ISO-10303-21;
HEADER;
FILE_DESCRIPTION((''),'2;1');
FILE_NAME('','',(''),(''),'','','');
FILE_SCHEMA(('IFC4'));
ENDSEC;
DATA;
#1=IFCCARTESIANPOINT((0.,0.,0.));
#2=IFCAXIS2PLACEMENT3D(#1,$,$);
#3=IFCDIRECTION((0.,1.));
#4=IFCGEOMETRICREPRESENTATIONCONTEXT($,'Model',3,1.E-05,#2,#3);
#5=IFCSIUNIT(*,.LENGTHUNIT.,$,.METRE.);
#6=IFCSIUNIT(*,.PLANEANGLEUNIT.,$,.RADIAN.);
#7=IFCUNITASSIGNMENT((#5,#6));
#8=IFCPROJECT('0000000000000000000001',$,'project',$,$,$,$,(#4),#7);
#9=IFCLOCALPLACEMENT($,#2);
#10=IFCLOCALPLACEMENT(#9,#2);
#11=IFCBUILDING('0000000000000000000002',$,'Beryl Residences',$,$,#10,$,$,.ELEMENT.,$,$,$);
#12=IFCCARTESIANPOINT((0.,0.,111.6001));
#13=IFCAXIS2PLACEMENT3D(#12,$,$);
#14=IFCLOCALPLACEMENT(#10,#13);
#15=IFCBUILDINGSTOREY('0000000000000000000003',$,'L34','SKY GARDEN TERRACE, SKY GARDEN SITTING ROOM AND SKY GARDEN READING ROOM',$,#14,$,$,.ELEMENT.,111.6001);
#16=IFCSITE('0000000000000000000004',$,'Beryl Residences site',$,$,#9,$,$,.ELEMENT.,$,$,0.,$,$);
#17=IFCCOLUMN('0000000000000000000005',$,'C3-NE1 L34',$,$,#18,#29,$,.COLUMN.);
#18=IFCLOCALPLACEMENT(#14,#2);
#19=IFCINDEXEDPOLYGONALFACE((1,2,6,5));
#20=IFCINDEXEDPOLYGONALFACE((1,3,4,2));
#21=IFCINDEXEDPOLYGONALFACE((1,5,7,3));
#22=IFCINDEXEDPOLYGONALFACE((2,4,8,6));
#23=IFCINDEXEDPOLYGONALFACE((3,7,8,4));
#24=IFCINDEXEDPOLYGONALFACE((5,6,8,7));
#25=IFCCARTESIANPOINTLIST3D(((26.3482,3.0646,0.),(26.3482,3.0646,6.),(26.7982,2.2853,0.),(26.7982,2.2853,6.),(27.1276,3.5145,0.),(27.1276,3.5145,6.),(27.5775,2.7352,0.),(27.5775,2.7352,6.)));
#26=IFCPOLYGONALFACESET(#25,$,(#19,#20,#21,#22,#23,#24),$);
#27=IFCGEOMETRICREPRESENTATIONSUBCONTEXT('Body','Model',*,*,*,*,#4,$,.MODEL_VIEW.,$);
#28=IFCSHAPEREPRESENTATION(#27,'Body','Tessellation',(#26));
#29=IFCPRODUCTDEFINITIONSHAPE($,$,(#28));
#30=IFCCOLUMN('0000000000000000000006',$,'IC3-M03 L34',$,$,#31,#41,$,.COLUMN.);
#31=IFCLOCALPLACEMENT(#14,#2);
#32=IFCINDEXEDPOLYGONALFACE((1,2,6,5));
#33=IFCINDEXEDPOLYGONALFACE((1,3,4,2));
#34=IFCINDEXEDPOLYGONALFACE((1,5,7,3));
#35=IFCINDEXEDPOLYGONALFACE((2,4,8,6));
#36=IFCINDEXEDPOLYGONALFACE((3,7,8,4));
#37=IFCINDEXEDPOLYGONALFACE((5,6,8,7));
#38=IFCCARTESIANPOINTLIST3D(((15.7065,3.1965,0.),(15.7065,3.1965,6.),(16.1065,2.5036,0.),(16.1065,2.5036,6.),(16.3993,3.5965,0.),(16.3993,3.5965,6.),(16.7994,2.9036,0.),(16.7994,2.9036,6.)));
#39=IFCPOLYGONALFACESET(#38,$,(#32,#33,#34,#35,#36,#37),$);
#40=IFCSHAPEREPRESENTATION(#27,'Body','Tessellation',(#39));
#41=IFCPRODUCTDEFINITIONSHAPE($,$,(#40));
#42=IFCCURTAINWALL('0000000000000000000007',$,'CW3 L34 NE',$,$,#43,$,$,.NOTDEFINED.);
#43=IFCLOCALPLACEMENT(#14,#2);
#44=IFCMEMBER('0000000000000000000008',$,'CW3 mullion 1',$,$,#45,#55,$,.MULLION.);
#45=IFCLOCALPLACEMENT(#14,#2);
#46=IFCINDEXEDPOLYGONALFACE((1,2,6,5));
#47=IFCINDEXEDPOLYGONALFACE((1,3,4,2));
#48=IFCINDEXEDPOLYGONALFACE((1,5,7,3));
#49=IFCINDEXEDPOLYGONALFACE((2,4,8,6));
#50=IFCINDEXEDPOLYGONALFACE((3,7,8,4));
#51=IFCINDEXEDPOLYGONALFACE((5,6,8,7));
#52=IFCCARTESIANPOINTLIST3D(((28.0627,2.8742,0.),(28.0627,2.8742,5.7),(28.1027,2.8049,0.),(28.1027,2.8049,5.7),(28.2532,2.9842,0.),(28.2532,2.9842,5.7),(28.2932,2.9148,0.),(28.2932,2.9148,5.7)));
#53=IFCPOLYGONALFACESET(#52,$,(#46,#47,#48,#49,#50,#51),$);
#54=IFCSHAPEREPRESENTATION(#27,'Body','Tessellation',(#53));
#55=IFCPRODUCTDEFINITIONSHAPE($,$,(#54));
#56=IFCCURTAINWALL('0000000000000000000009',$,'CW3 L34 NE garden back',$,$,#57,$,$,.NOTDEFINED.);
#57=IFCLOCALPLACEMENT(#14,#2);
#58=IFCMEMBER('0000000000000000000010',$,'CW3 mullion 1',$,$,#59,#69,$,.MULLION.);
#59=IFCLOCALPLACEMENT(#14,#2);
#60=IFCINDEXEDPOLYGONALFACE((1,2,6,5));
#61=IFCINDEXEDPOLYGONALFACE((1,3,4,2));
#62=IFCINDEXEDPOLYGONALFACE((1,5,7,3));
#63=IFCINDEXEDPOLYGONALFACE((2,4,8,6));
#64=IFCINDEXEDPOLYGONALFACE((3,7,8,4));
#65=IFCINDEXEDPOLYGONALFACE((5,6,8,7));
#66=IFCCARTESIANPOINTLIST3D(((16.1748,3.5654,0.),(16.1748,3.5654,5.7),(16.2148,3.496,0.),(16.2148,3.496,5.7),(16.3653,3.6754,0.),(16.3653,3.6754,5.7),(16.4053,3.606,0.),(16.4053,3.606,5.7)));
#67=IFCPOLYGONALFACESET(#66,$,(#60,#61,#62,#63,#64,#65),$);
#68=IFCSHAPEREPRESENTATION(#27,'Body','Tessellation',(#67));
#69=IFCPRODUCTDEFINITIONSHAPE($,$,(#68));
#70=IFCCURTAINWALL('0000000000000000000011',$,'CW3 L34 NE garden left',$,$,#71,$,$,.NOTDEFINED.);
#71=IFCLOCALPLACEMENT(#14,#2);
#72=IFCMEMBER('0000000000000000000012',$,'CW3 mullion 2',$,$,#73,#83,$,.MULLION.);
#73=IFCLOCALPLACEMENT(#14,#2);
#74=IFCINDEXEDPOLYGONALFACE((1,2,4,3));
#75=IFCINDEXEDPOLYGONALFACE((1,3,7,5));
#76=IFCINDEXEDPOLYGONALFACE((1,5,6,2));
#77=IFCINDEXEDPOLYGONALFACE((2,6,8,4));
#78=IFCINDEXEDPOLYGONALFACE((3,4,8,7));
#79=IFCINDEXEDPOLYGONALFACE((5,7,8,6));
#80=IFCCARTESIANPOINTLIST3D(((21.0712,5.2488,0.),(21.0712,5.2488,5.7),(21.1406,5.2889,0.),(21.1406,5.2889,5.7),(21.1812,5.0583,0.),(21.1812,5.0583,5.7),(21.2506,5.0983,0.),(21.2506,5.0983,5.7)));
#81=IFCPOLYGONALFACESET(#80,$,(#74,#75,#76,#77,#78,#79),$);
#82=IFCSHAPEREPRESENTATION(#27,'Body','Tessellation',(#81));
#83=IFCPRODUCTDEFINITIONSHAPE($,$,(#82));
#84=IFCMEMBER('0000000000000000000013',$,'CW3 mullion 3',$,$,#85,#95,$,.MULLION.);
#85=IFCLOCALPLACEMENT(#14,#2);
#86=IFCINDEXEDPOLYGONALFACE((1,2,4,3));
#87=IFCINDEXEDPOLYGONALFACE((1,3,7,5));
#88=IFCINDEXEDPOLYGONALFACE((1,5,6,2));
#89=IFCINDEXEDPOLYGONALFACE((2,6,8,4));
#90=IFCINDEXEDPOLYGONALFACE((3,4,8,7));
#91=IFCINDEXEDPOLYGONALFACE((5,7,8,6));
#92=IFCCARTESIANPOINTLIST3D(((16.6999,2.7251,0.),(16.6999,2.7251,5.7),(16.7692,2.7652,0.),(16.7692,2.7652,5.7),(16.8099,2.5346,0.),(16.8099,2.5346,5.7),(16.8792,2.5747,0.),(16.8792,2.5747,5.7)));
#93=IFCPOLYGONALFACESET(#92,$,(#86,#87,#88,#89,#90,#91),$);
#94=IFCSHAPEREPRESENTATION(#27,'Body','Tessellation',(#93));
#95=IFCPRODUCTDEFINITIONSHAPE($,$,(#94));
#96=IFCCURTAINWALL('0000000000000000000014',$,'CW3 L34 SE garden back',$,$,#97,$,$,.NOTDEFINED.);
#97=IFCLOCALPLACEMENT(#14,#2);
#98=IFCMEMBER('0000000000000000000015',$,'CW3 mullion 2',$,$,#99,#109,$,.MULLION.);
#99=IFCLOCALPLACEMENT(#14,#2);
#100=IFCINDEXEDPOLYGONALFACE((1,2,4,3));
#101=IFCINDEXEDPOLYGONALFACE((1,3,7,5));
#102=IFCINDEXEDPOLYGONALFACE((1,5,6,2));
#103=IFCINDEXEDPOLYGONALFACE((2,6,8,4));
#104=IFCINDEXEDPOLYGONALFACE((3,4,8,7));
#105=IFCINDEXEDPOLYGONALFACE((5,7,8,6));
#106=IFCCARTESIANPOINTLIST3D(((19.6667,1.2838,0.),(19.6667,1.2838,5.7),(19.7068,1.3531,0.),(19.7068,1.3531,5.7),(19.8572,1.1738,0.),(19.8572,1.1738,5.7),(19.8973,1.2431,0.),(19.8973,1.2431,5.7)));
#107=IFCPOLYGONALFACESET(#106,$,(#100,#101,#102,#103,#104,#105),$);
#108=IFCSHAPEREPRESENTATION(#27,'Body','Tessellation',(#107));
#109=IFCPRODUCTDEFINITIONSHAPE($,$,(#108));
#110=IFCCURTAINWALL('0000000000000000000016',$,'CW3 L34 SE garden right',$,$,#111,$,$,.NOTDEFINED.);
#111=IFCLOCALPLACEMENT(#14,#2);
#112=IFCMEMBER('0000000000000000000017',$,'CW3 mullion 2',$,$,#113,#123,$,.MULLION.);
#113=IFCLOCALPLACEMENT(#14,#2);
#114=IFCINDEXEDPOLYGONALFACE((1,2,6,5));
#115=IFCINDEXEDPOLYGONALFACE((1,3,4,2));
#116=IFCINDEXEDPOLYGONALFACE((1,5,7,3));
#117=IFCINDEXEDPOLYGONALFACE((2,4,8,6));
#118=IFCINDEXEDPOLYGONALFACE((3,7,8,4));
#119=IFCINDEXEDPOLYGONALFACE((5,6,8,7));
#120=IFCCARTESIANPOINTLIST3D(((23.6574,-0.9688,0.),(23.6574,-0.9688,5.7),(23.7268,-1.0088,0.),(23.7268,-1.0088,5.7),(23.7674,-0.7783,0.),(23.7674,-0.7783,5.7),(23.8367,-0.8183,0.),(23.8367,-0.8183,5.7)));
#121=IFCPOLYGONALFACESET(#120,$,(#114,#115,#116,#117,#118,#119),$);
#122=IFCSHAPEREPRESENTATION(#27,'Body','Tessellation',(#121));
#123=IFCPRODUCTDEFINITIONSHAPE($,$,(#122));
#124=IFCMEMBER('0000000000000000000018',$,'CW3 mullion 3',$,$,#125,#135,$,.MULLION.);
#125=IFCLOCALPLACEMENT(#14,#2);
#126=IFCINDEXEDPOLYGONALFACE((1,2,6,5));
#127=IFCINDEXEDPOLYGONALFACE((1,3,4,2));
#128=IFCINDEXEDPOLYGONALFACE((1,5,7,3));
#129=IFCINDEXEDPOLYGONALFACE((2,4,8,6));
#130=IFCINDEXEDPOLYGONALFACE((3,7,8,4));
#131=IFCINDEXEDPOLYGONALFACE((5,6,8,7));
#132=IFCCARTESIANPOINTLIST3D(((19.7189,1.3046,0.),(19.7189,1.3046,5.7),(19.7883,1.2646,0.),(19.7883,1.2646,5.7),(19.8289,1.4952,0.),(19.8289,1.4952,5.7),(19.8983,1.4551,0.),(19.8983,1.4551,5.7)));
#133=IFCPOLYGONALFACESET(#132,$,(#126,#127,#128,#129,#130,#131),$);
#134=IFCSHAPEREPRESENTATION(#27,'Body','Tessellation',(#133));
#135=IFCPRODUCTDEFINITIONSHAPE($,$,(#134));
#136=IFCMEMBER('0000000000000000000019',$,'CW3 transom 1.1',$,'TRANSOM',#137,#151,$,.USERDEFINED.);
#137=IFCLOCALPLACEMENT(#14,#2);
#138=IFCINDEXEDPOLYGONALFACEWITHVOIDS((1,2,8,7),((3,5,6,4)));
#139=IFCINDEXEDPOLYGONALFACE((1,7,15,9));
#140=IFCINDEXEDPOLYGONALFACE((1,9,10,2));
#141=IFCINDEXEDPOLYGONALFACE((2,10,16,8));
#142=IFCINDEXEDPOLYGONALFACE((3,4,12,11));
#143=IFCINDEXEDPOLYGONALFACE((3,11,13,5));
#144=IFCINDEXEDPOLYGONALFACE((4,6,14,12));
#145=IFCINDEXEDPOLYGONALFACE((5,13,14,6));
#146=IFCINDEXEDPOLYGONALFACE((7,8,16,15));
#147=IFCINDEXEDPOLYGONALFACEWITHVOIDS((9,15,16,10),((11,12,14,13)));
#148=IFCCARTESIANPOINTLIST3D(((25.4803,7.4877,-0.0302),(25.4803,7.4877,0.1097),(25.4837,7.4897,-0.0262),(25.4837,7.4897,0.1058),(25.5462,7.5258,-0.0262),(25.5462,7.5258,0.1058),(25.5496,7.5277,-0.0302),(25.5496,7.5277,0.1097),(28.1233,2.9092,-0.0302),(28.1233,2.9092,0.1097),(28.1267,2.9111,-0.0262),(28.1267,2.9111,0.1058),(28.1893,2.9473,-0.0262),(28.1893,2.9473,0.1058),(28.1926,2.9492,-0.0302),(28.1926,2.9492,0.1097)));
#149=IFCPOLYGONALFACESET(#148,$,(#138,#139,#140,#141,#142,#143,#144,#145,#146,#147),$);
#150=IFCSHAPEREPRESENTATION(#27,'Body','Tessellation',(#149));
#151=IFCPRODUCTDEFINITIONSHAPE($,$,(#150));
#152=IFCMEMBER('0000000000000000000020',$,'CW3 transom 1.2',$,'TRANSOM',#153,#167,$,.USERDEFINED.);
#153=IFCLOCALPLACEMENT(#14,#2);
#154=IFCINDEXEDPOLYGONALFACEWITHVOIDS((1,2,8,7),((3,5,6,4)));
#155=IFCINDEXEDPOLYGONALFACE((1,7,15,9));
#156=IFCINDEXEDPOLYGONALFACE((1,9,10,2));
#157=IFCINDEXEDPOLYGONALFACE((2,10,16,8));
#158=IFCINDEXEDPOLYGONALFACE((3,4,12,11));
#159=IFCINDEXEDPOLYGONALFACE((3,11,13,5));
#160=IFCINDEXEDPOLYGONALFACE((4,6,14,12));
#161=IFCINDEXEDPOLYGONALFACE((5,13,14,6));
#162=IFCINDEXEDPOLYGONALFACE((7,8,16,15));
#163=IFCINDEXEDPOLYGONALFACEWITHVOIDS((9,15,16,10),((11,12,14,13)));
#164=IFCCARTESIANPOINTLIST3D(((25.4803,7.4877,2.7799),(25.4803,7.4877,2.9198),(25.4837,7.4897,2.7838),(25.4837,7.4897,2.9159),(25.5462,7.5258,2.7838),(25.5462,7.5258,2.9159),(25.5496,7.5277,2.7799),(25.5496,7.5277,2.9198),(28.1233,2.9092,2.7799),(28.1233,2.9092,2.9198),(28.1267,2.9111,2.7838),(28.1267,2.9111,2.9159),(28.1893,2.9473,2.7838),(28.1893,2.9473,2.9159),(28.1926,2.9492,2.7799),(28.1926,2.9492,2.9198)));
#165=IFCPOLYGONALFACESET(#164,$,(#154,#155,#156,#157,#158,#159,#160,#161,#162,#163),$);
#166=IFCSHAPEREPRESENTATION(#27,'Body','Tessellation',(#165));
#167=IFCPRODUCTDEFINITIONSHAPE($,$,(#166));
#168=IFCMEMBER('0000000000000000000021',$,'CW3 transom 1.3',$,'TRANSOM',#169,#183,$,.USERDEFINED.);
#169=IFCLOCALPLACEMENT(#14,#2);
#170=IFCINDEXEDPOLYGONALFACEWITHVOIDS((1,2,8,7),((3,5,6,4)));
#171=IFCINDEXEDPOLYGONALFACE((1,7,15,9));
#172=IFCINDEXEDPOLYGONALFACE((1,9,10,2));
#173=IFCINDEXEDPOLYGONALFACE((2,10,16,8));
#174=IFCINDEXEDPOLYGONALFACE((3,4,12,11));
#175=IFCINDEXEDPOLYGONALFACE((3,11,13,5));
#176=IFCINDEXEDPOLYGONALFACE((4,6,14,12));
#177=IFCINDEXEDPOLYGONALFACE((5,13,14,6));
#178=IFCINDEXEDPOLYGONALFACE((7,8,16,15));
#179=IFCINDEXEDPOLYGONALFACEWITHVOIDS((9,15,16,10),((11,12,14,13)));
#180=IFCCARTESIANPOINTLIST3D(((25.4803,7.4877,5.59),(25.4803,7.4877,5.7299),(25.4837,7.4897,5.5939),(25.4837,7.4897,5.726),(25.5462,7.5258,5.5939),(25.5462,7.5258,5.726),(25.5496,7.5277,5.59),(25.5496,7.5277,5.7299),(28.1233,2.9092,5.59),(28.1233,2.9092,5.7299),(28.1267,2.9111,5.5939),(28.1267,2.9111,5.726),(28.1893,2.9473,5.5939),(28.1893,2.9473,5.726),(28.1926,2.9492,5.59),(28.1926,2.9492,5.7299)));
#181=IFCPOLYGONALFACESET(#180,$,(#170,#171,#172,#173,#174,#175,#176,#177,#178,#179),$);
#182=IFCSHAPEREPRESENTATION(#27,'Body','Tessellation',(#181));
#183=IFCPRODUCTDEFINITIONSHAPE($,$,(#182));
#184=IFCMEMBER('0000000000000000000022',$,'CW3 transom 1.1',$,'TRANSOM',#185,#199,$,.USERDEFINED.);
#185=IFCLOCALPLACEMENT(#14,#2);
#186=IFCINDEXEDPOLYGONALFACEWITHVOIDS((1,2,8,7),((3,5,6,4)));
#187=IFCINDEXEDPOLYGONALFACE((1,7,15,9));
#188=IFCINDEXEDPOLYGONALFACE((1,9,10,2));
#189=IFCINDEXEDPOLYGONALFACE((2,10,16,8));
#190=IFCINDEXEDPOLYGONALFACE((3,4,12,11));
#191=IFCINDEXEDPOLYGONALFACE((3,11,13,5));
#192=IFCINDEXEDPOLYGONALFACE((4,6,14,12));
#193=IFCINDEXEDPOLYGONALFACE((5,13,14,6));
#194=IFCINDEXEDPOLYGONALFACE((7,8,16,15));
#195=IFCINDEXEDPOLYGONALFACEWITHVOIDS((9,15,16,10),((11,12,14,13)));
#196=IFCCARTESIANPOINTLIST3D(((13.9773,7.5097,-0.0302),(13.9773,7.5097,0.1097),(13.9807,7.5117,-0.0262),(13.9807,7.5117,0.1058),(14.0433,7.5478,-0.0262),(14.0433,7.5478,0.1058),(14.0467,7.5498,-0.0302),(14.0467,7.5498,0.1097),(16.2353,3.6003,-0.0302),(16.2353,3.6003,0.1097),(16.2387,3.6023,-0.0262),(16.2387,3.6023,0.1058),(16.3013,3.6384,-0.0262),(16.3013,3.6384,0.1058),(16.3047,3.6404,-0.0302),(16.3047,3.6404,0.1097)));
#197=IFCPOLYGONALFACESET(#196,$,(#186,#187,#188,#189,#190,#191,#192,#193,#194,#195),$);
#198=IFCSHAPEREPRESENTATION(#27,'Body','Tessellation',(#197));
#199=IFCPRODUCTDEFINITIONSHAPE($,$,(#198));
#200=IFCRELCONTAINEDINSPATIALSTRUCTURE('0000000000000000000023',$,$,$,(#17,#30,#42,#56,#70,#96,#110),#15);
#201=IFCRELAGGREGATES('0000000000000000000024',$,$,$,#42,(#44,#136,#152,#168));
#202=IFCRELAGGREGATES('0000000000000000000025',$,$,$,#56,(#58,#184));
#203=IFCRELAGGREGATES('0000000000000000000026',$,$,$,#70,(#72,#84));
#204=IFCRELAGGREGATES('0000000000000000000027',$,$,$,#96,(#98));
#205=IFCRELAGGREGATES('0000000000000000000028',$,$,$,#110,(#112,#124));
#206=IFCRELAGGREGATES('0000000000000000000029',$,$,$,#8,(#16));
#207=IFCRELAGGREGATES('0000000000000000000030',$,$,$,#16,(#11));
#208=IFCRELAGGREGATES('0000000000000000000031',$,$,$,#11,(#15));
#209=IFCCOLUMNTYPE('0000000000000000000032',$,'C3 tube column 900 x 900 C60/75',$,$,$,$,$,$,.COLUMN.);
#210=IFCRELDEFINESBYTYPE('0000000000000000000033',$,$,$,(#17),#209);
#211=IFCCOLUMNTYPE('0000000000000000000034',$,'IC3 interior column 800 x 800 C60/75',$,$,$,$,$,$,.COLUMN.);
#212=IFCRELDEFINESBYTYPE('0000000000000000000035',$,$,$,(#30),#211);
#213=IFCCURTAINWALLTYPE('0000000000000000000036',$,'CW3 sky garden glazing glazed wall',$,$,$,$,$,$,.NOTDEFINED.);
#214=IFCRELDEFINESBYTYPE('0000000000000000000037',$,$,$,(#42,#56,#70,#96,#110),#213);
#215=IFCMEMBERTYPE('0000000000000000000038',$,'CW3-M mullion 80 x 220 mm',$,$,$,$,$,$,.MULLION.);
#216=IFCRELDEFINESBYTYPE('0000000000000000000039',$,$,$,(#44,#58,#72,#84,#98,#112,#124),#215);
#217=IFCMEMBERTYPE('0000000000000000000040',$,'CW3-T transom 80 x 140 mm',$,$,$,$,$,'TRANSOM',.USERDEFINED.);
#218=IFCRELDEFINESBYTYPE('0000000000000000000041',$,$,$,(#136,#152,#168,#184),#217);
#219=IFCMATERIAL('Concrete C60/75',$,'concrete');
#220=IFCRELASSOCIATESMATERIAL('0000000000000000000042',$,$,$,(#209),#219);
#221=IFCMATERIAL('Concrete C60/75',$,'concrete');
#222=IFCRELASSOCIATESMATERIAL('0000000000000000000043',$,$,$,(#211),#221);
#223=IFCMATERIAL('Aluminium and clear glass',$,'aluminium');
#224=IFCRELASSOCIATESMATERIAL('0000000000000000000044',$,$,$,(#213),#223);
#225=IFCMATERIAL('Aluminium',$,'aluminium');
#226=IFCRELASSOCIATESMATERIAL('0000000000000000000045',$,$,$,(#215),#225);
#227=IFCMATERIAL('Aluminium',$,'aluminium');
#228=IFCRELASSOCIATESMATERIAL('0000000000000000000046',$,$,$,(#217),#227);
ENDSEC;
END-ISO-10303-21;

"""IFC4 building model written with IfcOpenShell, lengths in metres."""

from ifc_helpers import new_model, si_unit, direction, frame, origin, origin_2d, place, context, subcontext, project, spatial, rectangle, hollow_rectangle, extrude, material, material_profile, profile_set, type_object, element, aggregate, save


model = new_model("IFC4")

# Units and contexts
model_context = context("Model", 3, precision=1e-05, world=origin(), true_north=direction((0.0, 1.0)))
body_context = subcontext(model_context, "Body", "Model", "MODEL_VIEW")
ifc_project = project(units=[si_unit("LENGTHUNIT", "METRE"), si_unit("PLANEANGLEUNIT", "RADIAN")], contexts=[model_context])

# Site, building, storey
site_placement = place(None, origin())
site = spatial("IfcSite", under=ifc_project, at=site_placement, Name="Beryl Residences site", CompositionType="ELEMENT", RefElevation=0.0)
building_placement = place(site_placement, origin())
building = spatial("IfcBuilding", under=site, at=building_placement, Name="Beryl Residences", CompositionType="ELEMENT")
storey_placement = place(building_placement, frame((0.0, 0.0, 111.6001)))
storey = spatial("IfcBuildingStorey", under=building, at=storey_placement, Name="L34", Description="SKY GARDEN TERRACE, SKY GARDEN SITTING ROOM AND SKY GARDEN READING ROOM", CompositionType="ELEMENT", Elevation=111.6001)

# Columns
ifc_material_1 = material(Name="Concrete C60/75", Category="concrete")
ifc_material_profile_1 = material_profile(ifc_material_1, rectangle(XDim=0.8999, YDim=0.8999, at=origin_2d()))
ifc_profile_set_1 = profile_set([ifc_material_profile_1], Name="Concrete C60/75")
column_type_1 = type_object("IfcColumnType", Name="C3 tube column 900 x 900 C60/75", PredefinedType="COLUMN", material=ifc_profile_set_1)
column_1_placement = place(storey_placement, frame((26.9629, 2.8999, 0.0), z_axis=(0.0, 0.0, 1.0), x_axis=(-0.5, 0.866025, 0.0)))
element("IfcColumn", 1, at=column_1_placement, inside=storey, type_object=column_type_1, Name="C3-NE1 L34", PredefinedType="COLUMN", context=body_context, shape_type="SweptSolid", body=[
    extrude(rectangle(XDim=0.8999, YDim=0.8999, at=origin_2d()), origin(), (0.0, 0.0, 1.0), 6.0),
])
ifc_material_2 = material(Name="Concrete C60/75", Category="concrete")
ifc_material_profile_2 = material_profile(ifc_material_2, rectangle(XDim=0.8, YDim=0.8, at=origin_2d()))
ifc_profile_set_2 = profile_set([ifc_material_profile_2], Name="Concrete C60/75")
column_type_2 = type_object("IfcColumnType", Name="IC3 interior column 800 x 800 C60/75", PredefinedType="COLUMN", material=ifc_profile_set_2)
column_2_placement = place(storey_placement, frame((16.2529, 3.05, 0.0), z_axis=(0.0, 0.0, 1.0), x_axis=(-0.5, 0.866025, 0.0)))
element("IfcColumn", 2, at=column_2_placement, inside=storey, type_object=column_type_2, Name="IC3-M03 L34", PredefinedType="COLUMN", context=body_context, shape_type="SweptSolid", body=[
    extrude(rectangle(XDim=0.8, YDim=0.8, at=origin_2d()), origin(), (0.0, 0.0, 1.0), 6.0),
])

# Curtain walls, members
ifc_material_3 = material(Name="Aluminium and clear glass", Category="aluminium")
curtain_wall_type = type_object("IfcCurtainWallType", Name="CW3 sky garden glazing glazed wall", PredefinedType="NOTDEFINED", material=ifc_material_3)
curtain_wall_1_placement = place(storey_placement, origin())
curtain_wall_1 = element("IfcCurtainWall", 3, at=curtain_wall_1_placement, inside=storey, type_object=curtain_wall_type, Name="CW3 L34 NE", PredefinedType="NOTDEFINED")
ifc_material_4 = material(Name="Aluminium", Category="aluminium")
ifc_material_profile_3 = material_profile(ifc_material_4, rectangle(XDim=0.0801, YDim=0.22, at=origin_2d()))
ifc_profile_set_3 = profile_set([ifc_material_profile_3], Name="Aluminium")
member_type_1 = type_object("IfcMemberType", Name="CW3-M mullion 80 x 220 mm", PredefinedType="MULLION", material=ifc_profile_set_3)
member_1_placement = place(storey_placement, frame((28.178, 2.8945, 0.0), z_axis=(0.0, 0.0, 1.0), x_axis=(-0.49995, 0.866054, 0.0)))
member_1 = element("IfcMember", 4, at=member_1_placement, type_object=member_type_1, Name="CW3 mullion 1", PredefinedType="MULLION", context=body_context, shape_type="SweptSolid", body=[
    extrude(rectangle(XDim=0.0801, YDim=0.22, at=origin_2d()), origin(), (0.0, 0.0, 1.0), 5.7),
])
curtain_wall_2_placement = place(storey_placement, origin())
curtain_wall_2 = element("IfcCurtainWall", 5, at=curtain_wall_2_placement, inside=storey, type_object=curtain_wall_type, Name="CW3 L34 NE garden back", PredefinedType="NOTDEFINED")
member_2_placement = place(storey_placement, frame((16.29, 3.5857, 0.0), z_axis=(0.0, 0.0, 1.0), x_axis=(-0.500142, 0.865943, 0.0)))
member_2 = element("IfcMember", 6, at=member_2_placement, type_object=member_type_1, Name="CW3 mullion 1", PredefinedType="MULLION", context=body_context, shape_type="SweptSolid", body=[
    extrude(rectangle(XDim=0.0801, YDim=0.22, at=origin_2d()), origin(), (0.0, 0.0, 1.0), 5.7),
])

# Curtain wall, members
curtain_wall_3_placement = place(storey_placement, origin())
curtain_wall_3 = element("IfcCurtainWall", 7, at=curtain_wall_3_placement, inside=storey, type_object=curtain_wall_type, Name="CW3 L34 NE garden left", PredefinedType="NOTDEFINED")
member_3_placement = place(storey_placement, frame((21.1609, 5.1736, 0.0), z_axis=(0.0, 0.0, 1.0), x_axis=(-0.866051, -0.499955, 0.0)))
member_3 = element("IfcMember", 8, at=member_3_placement, type_object=member_type_1, Name="CW3 mullion 2", PredefinedType="MULLION", context=body_context, shape_type="SweptSolid", body=[
    extrude(rectangle(XDim=0.0801, YDim=0.22, at=origin_2d()), origin(), (0.0, 0.0, 1.0), 5.7),
])
member_4_placement = place(storey_placement, frame((16.7896, 2.6499, 0.0), z_axis=(0.0, 0.0, 1.0), x_axis=(-0.866051, -0.499955, 0.0)))
member_4 = element("IfcMember", 9, at=member_4_placement, type_object=member_type_1, Name="CW3 mullion 3", PredefinedType="MULLION", context=body_context, shape_type="SweptSolid", body=[
    extrude(rectangle(XDim=0.0801, YDim=0.22, at=origin_2d()), origin(), (0.0, 0.0, 1.0), 5.7),
])

# Curtain wall, member
curtain_wall_4_placement = place(storey_placement, origin())
curtain_wall_4 = element("IfcCurtainWall", 10, at=curtain_wall_4_placement, inside=storey, type_object=curtain_wall_type, Name="CW3 L34 SE garden back", PredefinedType="NOTDEFINED")
member_5_placement = place(storey_placement, frame((19.782, 1.2634, 0.0), z_axis=(0.0, 0.0, 1.0), x_axis=(0.500065, 0.865988, 0.0)))
member_5 = element("IfcMember", 11, at=member_5_placement, type_object=member_type_1, Name="CW3 mullion 2", PredefinedType="MULLION", context=body_context, shape_type="SweptSolid", body=[
    extrude(rectangle(XDim=0.0801, YDim=0.22, at=origin_2d()), origin(), (0.0, 0.0, 1.0), 5.7),
])

# Curtain wall, members
curtain_wall_5_placement = place(storey_placement, origin())
curtain_wall_5 = element("IfcCurtainWall", 12, at=curtain_wall_5_placement, inside=storey, type_object=curtain_wall_type, Name="CW3 L34 SE garden right", PredefinedType="NOTDEFINED")
member_6_placement = place(storey_placement, frame((23.7471, -0.8936, 0.0), z_axis=(0.0, 0.0, 1.0), x_axis=(-0.866055, 0.499949, 0.0)))
member_6 = element("IfcMember", 13, at=member_6_placement, type_object=member_type_1, Name="CW3 mullion 2", PredefinedType="MULLION", context=body_context, shape_type="SweptSolid", body=[
    extrude(rectangle(XDim=0.0801, YDim=0.22, at=origin_2d()), origin(), (0.0, 0.0, 1.0), 5.7),
])
member_7_placement = place(storey_placement, frame((19.8086, 1.3799, 0.0), z_axis=(0.0, 0.0, 1.0), x_axis=(-0.866055, 0.499949, 0.0)))
member_7 = element("IfcMember", 14, at=member_7_placement, type_object=member_type_1, Name="CW3 mullion 3", PredefinedType="MULLION", context=body_context, shape_type="SweptSolid", body=[
    extrude(rectangle(XDim=0.0801, YDim=0.22, at=origin_2d()), origin(), (0.0, 0.0, 1.0), 5.7),
])

# Members
ifc_material_5 = material(Name="Aluminium", Category="aluminium")
ifc_material_profile_4 = material_profile(ifc_material_5, hollow_rectangle(XDim=0.0801, YDim=0.1399, WallThickness=0.0039, at=origin_2d()))
ifc_profile_set_4 = profile_set([ifc_material_profile_4], Name="Aluminium")
member_type_2 = type_object("IfcMemberType", Name="CW3-T transom 80 x 140 mm", ElementType="TRANSOM", PredefinedType="USERDEFINED", material=ifc_profile_set_4)
member_8_placement = place(storey_placement, frame((28.158, 2.9292, 0.0398), z_axis=(-0.499944, 0.866058, 0.0), x_axis=(-0.866058, -0.499944, 0.0)))
member_8 = element("IfcMember", 15, at=member_8_placement, type_object=member_type_2, Name="CW3 transom 1.1", ObjectType="TRANSOM", PredefinedType="USERDEFINED", context=body_context, shape_type="SweptSolid", body=[
    extrude(hollow_rectangle(XDim=0.0801, YDim=0.1399, WallThickness=0.0039, at=origin_2d()), origin(), (0.0, 0.0, 1.0), 5.2866),
])
member_9_placement = place(storey_placement, frame((28.158, 2.9292, 2.8499), z_axis=(-0.499944, 0.866058, 0.0), x_axis=(-0.866058, -0.499944, 0.0)))
member_9 = element("IfcMember", 16, at=member_9_placement, type_object=member_type_2, Name="CW3 transom 1.2", ObjectType="TRANSOM", PredefinedType="USERDEFINED", context=body_context, shape_type="SweptSolid", body=[
    extrude(hollow_rectangle(XDim=0.0801, YDim=0.1399, WallThickness=0.0039, at=origin_2d()), origin(), (0.0, 0.0, 1.0), 5.2866),
])
member_10_placement = place(storey_placement, frame((28.158, 2.9292, 5.6599), z_axis=(-0.499944, 0.866058, 0.0), x_axis=(-0.866058, -0.499944, 0.0)))
member_10 = element("IfcMember", 17, at=member_10_placement, type_object=member_type_2, Name="CW3 transom 1.3", ObjectType="TRANSOM", PredefinedType="USERDEFINED", context=body_context, shape_type="SweptSolid", body=[
    extrude(hollow_rectangle(XDim=0.0801, YDim=0.1399, WallThickness=0.0039, at=origin_2d()), origin(), (0.0, 0.0, 1.0), 5.2866),
])
member_11_placement = place(storey_placement, frame((16.27, 3.6204, 0.0398), z_axis=(-0.500158, 0.865934, 0.0), x_axis=(-0.865934, -0.500158, 0.0)))
member_11 = element("IfcMember", 18, at=member_11_placement, type_object=member_type_2, Name="CW3 transom 1.1", ObjectType="TRANSOM", PredefinedType="USERDEFINED", context=body_context, shape_type="SweptSolid", body=[
    extrude(hollow_rectangle(XDim=0.0801, YDim=0.1399, WallThickness=0.0039, at=origin_2d()), origin(), (0.0, 0.0, 1.0), 4.5146),
])

aggregate(curtain_wall_1, [member_1, member_8, member_9, member_10])
aggregate(curtain_wall_2, [member_2, member_11])
aggregate(curtain_wall_3, [member_3, member_4])
aggregate(curtain_wall_4, [member_5])
aggregate(curtain_wall_5, [member_6, member_7])

save(model, "model.ifc")
